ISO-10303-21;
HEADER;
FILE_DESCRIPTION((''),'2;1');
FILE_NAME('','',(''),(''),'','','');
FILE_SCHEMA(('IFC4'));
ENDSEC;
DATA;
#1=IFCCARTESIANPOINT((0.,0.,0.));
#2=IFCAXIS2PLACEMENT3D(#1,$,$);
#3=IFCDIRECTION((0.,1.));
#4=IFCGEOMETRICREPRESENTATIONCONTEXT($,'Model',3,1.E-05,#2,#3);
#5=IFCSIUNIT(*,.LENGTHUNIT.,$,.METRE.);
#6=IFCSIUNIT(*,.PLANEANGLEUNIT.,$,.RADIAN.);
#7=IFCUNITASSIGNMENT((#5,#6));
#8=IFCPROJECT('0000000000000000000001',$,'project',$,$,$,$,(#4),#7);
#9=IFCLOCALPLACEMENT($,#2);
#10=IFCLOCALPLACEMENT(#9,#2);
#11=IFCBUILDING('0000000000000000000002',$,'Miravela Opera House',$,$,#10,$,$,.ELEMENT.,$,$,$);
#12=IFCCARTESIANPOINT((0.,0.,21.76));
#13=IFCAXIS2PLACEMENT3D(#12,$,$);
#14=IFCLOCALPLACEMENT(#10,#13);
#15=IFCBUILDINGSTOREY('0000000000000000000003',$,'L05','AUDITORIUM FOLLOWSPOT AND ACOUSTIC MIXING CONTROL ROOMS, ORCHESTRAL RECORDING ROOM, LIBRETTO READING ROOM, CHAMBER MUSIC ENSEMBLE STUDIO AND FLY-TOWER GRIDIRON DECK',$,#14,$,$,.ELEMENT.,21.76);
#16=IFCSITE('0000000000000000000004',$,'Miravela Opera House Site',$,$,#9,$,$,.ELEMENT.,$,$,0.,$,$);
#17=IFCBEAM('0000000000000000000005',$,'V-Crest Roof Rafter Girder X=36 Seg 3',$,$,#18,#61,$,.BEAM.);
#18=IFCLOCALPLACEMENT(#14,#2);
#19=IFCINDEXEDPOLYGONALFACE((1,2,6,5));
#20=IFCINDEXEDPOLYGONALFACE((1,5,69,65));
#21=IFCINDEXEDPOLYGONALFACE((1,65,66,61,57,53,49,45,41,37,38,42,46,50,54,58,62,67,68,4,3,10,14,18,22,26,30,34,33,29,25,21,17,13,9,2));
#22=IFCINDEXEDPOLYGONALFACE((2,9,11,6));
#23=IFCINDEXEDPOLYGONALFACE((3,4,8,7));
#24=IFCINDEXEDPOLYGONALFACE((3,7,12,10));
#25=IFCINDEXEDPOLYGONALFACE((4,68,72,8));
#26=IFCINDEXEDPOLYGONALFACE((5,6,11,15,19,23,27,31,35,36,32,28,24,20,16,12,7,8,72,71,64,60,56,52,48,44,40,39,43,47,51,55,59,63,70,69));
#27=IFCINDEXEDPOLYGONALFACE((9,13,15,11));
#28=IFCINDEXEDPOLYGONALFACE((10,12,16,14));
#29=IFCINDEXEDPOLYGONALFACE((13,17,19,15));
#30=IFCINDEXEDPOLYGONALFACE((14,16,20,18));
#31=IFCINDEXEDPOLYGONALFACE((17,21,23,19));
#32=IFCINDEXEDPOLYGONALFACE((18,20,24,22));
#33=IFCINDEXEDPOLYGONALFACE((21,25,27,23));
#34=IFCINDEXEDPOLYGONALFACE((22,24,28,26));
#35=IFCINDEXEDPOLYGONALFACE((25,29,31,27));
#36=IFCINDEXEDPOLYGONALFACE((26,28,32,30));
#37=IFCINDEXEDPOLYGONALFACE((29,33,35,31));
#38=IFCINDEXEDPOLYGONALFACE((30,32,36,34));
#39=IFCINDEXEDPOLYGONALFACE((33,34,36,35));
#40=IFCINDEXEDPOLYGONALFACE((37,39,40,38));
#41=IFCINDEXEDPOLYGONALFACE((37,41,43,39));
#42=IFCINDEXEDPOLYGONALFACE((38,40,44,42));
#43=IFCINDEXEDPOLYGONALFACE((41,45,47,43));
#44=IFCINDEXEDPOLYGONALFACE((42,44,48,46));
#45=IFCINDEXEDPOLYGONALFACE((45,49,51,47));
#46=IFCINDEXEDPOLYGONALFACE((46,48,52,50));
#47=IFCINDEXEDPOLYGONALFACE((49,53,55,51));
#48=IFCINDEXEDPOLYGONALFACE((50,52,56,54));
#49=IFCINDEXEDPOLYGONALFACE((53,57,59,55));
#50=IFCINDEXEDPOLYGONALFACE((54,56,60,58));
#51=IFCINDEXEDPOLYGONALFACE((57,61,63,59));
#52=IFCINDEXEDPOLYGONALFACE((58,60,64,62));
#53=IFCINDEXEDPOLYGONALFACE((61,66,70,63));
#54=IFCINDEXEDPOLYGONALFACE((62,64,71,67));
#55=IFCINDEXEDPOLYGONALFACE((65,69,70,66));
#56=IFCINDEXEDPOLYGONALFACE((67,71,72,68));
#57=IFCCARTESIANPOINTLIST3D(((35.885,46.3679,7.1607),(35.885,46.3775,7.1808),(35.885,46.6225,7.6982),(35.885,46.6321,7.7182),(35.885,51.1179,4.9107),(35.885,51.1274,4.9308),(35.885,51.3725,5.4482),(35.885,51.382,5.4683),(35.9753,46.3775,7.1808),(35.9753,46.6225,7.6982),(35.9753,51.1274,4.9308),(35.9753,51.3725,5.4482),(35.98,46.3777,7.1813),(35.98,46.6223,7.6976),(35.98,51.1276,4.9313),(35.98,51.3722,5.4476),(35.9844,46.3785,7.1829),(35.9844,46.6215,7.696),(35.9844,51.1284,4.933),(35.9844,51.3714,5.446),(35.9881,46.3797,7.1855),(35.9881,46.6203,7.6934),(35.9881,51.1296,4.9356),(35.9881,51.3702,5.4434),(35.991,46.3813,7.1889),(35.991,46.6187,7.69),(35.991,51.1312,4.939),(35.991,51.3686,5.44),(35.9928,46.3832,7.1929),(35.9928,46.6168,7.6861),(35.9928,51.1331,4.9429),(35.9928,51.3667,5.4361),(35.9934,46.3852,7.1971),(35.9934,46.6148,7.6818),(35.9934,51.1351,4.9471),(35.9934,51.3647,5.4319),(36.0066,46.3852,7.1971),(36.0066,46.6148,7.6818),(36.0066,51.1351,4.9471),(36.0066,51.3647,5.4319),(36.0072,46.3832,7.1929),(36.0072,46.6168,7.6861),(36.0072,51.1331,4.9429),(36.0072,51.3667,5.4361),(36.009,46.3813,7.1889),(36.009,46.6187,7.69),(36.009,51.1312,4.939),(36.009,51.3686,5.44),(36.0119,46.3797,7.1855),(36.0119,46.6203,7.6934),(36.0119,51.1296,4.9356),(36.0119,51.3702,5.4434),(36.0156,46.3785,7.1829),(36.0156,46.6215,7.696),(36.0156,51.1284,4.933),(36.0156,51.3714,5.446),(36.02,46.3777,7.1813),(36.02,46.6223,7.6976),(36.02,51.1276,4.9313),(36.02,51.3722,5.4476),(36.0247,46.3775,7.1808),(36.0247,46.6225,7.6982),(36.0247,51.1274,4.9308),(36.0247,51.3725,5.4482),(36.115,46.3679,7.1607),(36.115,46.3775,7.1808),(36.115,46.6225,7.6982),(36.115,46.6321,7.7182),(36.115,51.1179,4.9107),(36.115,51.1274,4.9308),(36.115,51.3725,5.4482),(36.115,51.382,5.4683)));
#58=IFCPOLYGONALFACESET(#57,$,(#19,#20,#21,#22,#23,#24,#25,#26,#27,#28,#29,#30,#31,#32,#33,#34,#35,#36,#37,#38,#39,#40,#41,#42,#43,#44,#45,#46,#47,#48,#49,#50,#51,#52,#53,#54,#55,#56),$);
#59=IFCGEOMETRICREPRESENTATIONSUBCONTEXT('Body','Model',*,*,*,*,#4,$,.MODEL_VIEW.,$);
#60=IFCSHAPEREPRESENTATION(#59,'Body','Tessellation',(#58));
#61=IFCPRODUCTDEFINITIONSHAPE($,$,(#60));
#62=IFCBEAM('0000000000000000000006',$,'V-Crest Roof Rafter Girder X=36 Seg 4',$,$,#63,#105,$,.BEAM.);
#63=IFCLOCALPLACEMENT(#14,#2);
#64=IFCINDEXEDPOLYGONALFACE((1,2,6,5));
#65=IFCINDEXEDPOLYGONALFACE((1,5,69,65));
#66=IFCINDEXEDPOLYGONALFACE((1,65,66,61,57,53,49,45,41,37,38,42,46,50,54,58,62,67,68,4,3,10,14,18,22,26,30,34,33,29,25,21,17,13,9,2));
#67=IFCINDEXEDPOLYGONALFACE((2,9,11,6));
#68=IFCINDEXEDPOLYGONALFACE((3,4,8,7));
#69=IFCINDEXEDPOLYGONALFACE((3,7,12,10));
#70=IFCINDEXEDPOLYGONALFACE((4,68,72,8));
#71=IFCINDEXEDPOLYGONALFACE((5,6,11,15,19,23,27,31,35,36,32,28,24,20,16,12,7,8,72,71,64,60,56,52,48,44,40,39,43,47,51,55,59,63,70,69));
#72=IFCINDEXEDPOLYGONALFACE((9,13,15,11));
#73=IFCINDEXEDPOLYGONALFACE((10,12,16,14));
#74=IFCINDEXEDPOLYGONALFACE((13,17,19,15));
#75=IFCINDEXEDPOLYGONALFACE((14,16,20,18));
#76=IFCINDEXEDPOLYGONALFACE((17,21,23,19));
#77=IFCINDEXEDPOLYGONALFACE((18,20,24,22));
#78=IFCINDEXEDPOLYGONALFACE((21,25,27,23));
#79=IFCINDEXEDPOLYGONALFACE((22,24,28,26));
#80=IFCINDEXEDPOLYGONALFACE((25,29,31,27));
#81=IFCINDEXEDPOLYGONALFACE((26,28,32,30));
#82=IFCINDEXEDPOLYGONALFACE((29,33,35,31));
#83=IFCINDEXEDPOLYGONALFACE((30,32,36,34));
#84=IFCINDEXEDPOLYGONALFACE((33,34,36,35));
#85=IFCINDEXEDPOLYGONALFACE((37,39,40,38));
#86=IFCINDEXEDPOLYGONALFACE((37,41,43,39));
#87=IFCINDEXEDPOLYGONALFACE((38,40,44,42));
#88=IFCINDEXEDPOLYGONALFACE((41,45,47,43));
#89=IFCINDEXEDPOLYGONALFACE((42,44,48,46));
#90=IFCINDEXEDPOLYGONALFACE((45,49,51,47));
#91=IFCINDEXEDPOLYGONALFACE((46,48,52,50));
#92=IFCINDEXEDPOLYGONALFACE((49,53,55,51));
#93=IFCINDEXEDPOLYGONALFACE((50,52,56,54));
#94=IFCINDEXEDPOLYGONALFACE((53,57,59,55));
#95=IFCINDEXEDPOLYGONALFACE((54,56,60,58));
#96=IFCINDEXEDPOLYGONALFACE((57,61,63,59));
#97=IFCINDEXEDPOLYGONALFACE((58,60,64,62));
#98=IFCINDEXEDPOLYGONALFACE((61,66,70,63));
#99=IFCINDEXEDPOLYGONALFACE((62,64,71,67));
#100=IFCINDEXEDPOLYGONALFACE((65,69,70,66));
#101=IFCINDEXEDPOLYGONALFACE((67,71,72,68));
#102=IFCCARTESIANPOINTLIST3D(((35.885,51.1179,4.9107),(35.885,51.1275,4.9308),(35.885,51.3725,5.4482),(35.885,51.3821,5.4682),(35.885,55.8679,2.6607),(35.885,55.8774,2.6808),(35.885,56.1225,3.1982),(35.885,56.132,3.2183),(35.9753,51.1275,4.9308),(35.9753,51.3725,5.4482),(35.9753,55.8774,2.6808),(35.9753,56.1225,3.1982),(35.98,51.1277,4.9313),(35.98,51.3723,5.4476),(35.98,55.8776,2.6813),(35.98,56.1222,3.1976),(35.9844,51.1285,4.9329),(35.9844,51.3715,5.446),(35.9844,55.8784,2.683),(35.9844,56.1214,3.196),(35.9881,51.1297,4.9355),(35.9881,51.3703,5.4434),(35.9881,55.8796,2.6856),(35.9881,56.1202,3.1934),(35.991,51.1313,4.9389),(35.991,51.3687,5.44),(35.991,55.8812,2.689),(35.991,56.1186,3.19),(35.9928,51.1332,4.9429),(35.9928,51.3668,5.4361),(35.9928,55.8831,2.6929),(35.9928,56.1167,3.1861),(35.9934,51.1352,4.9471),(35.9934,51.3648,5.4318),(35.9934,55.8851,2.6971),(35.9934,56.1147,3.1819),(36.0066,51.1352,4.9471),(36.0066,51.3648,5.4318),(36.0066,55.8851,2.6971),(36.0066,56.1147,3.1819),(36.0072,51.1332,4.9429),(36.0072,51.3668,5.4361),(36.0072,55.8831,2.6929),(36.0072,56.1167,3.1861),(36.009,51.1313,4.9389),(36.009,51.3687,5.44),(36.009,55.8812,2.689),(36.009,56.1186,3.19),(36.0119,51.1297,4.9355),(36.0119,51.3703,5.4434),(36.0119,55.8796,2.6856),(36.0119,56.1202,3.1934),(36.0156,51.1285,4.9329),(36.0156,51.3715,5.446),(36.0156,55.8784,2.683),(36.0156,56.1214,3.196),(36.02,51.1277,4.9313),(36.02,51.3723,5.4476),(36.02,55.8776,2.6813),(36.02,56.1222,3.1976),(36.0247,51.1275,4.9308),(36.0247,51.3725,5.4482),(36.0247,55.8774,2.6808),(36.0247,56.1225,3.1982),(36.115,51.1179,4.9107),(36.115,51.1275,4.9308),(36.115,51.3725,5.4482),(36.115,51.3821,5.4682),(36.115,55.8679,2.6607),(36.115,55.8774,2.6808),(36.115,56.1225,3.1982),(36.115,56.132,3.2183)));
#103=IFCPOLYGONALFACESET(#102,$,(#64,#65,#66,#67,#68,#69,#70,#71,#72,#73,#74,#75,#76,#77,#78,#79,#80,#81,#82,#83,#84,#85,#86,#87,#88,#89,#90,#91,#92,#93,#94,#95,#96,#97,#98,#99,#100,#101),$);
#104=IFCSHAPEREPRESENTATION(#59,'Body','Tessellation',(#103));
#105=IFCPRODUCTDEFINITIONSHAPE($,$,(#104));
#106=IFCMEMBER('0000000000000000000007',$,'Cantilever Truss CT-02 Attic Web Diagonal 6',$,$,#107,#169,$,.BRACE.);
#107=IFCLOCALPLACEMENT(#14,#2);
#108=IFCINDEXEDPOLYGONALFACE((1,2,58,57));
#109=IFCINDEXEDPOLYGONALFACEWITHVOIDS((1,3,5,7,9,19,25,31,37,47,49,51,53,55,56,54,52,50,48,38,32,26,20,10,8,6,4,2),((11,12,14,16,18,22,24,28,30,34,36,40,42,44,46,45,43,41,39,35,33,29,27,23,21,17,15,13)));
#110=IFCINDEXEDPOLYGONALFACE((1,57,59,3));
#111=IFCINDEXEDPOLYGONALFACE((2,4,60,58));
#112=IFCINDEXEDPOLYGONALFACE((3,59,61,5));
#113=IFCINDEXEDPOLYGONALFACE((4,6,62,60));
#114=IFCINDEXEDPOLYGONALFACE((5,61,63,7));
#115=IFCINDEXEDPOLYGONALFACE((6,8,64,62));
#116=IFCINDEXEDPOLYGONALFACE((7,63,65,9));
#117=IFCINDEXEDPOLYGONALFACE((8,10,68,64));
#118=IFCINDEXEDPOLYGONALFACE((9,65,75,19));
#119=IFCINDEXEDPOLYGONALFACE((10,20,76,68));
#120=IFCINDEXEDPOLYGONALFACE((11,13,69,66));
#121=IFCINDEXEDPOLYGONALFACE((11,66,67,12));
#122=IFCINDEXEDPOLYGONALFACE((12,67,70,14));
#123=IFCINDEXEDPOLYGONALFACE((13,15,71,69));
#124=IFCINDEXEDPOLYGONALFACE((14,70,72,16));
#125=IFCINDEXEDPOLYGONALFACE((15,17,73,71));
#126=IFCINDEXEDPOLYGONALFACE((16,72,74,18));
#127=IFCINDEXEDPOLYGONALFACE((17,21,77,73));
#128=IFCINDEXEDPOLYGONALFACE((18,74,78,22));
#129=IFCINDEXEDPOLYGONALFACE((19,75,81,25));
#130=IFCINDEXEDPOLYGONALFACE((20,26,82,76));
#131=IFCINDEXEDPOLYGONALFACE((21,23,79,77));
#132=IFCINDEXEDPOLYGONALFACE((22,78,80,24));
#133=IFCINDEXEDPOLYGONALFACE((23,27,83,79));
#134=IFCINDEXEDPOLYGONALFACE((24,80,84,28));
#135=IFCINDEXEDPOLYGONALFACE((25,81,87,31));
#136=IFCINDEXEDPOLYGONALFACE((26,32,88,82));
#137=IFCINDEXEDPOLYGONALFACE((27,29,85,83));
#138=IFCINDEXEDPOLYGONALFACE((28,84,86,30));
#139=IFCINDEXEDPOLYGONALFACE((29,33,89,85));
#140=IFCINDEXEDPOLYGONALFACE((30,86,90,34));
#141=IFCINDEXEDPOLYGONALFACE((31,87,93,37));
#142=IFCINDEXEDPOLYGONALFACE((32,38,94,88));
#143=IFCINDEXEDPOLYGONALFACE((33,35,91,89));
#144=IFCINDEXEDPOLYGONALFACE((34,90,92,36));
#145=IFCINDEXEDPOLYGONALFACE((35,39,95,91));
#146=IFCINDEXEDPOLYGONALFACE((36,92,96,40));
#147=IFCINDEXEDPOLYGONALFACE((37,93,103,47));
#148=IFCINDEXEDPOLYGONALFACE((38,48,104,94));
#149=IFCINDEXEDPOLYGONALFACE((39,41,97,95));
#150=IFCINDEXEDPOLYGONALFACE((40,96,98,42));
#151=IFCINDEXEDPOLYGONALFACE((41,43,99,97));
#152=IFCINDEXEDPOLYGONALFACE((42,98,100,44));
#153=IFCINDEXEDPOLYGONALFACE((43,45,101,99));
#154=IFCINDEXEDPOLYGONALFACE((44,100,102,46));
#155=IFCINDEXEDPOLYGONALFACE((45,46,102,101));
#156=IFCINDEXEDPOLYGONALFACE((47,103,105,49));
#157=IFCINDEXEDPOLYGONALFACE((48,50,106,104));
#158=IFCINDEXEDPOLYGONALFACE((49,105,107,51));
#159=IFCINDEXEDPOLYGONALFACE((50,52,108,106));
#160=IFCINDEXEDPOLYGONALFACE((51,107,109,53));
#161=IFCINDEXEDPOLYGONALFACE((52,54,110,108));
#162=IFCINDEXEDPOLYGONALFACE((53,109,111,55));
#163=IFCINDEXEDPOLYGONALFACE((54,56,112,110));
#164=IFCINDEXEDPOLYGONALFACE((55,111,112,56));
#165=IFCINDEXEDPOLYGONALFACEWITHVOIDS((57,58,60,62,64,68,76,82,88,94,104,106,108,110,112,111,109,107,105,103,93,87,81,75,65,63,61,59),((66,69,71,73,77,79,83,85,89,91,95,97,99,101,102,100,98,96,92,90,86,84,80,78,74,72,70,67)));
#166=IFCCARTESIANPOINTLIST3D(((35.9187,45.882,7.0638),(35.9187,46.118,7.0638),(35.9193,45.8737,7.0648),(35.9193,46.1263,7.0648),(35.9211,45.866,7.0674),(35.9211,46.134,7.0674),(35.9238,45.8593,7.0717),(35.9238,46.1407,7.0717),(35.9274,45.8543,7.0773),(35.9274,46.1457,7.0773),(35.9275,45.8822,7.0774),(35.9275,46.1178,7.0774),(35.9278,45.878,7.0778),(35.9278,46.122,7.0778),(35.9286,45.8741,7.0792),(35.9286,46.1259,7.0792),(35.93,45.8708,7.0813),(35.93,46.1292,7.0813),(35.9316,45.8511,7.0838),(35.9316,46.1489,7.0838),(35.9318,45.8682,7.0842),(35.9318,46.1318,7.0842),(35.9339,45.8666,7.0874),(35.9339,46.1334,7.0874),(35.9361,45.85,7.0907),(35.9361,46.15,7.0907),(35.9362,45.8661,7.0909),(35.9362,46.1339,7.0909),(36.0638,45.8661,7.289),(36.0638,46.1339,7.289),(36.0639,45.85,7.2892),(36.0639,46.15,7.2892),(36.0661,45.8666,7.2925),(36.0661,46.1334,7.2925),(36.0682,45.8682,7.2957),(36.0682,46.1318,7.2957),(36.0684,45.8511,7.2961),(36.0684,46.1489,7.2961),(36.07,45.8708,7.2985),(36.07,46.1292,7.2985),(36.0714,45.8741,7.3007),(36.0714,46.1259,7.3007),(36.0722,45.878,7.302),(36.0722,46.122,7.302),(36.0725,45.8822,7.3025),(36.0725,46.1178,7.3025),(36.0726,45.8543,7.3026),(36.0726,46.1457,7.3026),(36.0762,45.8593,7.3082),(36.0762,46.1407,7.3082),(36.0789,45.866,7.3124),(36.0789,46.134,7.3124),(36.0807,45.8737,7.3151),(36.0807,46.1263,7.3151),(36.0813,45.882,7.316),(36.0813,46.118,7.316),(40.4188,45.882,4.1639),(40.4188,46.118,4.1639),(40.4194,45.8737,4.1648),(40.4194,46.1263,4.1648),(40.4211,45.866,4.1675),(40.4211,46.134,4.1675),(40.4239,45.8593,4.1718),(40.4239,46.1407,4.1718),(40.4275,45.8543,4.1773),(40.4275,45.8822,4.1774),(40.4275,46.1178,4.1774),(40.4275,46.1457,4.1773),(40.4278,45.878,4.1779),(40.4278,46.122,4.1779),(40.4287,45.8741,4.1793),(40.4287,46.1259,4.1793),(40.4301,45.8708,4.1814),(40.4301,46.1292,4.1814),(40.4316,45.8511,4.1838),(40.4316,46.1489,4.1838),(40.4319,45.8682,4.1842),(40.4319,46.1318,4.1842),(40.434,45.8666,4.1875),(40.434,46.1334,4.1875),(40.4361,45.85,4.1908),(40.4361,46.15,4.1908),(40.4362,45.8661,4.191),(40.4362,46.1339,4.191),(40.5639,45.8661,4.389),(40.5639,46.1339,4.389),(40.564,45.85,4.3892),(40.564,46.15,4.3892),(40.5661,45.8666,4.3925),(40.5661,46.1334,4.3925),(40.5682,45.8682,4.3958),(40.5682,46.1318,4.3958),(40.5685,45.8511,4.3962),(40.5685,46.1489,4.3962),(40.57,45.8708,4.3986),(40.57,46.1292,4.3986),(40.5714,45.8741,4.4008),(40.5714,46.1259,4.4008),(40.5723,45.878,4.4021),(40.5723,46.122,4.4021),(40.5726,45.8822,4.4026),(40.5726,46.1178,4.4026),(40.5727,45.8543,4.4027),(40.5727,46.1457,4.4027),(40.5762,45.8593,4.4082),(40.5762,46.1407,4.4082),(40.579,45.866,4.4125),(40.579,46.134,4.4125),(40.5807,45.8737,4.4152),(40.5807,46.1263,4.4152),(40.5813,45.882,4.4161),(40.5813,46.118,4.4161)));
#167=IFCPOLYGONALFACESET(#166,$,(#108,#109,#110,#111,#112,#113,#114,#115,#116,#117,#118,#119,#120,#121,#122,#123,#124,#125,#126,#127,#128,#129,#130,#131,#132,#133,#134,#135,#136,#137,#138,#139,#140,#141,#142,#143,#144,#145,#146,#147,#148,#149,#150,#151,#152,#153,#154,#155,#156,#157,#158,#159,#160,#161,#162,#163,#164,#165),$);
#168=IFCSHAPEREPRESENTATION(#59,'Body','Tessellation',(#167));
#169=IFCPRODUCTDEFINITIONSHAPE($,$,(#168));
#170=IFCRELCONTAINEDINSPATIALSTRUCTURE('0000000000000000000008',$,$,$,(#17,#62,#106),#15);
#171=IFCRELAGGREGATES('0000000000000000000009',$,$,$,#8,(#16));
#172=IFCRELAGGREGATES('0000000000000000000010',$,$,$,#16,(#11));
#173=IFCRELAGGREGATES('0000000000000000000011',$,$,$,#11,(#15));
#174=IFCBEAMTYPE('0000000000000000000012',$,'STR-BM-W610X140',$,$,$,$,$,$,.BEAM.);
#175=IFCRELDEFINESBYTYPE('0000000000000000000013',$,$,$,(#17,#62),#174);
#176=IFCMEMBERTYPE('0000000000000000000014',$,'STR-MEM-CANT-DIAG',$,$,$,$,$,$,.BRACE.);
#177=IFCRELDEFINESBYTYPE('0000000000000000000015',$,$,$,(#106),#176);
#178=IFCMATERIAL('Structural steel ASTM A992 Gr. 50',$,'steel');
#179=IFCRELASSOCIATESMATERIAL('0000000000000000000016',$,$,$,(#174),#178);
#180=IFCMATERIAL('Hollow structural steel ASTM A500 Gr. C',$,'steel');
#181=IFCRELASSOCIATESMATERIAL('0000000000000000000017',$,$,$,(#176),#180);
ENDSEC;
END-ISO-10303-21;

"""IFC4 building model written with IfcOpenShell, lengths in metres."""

from ifc_helpers import new_model, si_unit, direction, frame, origin, origin_2d, place, context, subcontext, project, spatial, hollow_rectangle, i_section, extrude, material, material_profile, profile_set, type_object, element, save


model = new_model("IFC4")

# Units and contexts
model_context = context("Model", 3, precision=1e-05, world=origin(), true_north=direction((0.0, 1.0)))
body_context = subcontext(model_context, "Body", "Model", "MODEL_VIEW")
ifc_project = project(units=[si_unit("LENGTHUNIT", "METRE"), si_unit("PLANEANGLEUNIT", "RADIAN")], contexts=[model_context])

# Site, building, storey
site_placement = place(None, origin())
site = spatial("IfcSite", under=ifc_project, at=site_placement, Name="Miravela Opera House Site", CompositionType="ELEMENT", RefElevation=0.0)
building_placement = place(site_placement, origin())
building = spatial("IfcBuilding", under=site, at=building_placement, Name="Miravela Opera House", CompositionType="ELEMENT")
storey_placement = place(building_placement, frame((0.0, 0.0, 21.76)))
storey = spatial("IfcBuildingStorey", under=building, at=storey_placement, Name="L05", Description="AUDITORIUM FOLLOWSPOT AND ACOUSTIC MIXING CONTROL ROOMS, ORCHESTRAL RECORDING ROOM, LIBRETTO READING ROOM, CHAMBER MUSIC ENSEMBLE STUDIO AND FLY-TOWER GRIDIRON DECK", CompositionType="ELEMENT", Elevation=21.76)

# Beams
ifc_material_1 = material(Name="Structural steel ASTM A992 Gr. 50", Category="steel")
ifc_material_profile_1 = material_profile(ifc_material_1, i_section(OverallWidth=0.23, OverallDepth=0.6169, WebThickness=0.0132, FlangeThickness=0.0222, FilletRadius=0.0181, at=origin_2d()), Name="W610X140")
ifc_profile_set_1 = profile_set([ifc_material_profile_1])
beam_type_1 = type_object("IfcBeamType", Name="STR-BM-W610X140", PredefinedType="BEAM", material=ifc_profile_set_1)
for number, where, z_axis, x_axis, name in (
    (1, (36.0, 46.5, 7.4395), (0.0, 0.903738, -0.428086), (-1.0, 0.0, 0.0), "V-Crest Roof Rafter Girder X=36 Seg 3"),
    (2, (36.0, 51.25, 5.1895), (0.0, 0.903738, -0.428086), (-1.0, 0.0, 0.0), "V-Crest Roof Rafter Girder X=36 Seg 4"),
):
    element("IfcBeam", number, at=place(storey_placement, frame(where, z_axis=z_axis, x_axis=x_axis)), inside=storey, type_object=beam_type_1, Name=name, PredefinedType="BEAM", context=body_context, shape_type="SweptSolid", body=[
        extrude(i_section(OverallWidth=0.23, OverallDepth=0.6169, WebThickness=0.0132, FlangeThickness=0.0222, FilletRadius=0.0181, at=origin_2d()), origin(), (0.0, 0.0, 1.0), 5.2559),
    ])

# Member
ifc_material_2 = material(Name="Hollow structural steel ASTM A500 Gr. C", Category="steel")
ifc_material_profile_2 = material_profile(ifc_material_2, hollow_rectangle(XDim=0.3, YDim=0.3, WallThickness=0.0161, InnerFilletRadius=0.0161, OuterFilletRadius=0.032, at=origin_2d()), Name="HSS300X300X16")
ifc_profile_set_2 = profile_set([ifc_material_profile_2])
member_type_1 = type_object("IfcMemberType", Name="STR-MEM-CANT-DIAG", PredefinedType="BRACE", material=ifc_profile_set_2)
member_1_placement = place(storey_placement, frame((36.0, 46.0, 7.1899), z_axis=(0.840579, 0.0, -0.541688), x_axis=(0.0, 1.0, 0.0)))
element("IfcMember", 3, at=member_1_placement, inside=storey, type_object=member_type_1, Name="Cantilever Truss CT-02 Attic Web Diagonal 6", PredefinedType="BRACE", context=body_context, shape_type="SweptSolid", body=[
    extrude(hollow_rectangle(XDim=0.3, YDim=0.3, WallThickness=0.0161, InnerFilletRadius=0.0161, OuterFilletRadius=0.032, at=origin_2d()), origin(), (0.0, 0.0, 1.0), 5.3535),
])

save(model, "model.ifc")
